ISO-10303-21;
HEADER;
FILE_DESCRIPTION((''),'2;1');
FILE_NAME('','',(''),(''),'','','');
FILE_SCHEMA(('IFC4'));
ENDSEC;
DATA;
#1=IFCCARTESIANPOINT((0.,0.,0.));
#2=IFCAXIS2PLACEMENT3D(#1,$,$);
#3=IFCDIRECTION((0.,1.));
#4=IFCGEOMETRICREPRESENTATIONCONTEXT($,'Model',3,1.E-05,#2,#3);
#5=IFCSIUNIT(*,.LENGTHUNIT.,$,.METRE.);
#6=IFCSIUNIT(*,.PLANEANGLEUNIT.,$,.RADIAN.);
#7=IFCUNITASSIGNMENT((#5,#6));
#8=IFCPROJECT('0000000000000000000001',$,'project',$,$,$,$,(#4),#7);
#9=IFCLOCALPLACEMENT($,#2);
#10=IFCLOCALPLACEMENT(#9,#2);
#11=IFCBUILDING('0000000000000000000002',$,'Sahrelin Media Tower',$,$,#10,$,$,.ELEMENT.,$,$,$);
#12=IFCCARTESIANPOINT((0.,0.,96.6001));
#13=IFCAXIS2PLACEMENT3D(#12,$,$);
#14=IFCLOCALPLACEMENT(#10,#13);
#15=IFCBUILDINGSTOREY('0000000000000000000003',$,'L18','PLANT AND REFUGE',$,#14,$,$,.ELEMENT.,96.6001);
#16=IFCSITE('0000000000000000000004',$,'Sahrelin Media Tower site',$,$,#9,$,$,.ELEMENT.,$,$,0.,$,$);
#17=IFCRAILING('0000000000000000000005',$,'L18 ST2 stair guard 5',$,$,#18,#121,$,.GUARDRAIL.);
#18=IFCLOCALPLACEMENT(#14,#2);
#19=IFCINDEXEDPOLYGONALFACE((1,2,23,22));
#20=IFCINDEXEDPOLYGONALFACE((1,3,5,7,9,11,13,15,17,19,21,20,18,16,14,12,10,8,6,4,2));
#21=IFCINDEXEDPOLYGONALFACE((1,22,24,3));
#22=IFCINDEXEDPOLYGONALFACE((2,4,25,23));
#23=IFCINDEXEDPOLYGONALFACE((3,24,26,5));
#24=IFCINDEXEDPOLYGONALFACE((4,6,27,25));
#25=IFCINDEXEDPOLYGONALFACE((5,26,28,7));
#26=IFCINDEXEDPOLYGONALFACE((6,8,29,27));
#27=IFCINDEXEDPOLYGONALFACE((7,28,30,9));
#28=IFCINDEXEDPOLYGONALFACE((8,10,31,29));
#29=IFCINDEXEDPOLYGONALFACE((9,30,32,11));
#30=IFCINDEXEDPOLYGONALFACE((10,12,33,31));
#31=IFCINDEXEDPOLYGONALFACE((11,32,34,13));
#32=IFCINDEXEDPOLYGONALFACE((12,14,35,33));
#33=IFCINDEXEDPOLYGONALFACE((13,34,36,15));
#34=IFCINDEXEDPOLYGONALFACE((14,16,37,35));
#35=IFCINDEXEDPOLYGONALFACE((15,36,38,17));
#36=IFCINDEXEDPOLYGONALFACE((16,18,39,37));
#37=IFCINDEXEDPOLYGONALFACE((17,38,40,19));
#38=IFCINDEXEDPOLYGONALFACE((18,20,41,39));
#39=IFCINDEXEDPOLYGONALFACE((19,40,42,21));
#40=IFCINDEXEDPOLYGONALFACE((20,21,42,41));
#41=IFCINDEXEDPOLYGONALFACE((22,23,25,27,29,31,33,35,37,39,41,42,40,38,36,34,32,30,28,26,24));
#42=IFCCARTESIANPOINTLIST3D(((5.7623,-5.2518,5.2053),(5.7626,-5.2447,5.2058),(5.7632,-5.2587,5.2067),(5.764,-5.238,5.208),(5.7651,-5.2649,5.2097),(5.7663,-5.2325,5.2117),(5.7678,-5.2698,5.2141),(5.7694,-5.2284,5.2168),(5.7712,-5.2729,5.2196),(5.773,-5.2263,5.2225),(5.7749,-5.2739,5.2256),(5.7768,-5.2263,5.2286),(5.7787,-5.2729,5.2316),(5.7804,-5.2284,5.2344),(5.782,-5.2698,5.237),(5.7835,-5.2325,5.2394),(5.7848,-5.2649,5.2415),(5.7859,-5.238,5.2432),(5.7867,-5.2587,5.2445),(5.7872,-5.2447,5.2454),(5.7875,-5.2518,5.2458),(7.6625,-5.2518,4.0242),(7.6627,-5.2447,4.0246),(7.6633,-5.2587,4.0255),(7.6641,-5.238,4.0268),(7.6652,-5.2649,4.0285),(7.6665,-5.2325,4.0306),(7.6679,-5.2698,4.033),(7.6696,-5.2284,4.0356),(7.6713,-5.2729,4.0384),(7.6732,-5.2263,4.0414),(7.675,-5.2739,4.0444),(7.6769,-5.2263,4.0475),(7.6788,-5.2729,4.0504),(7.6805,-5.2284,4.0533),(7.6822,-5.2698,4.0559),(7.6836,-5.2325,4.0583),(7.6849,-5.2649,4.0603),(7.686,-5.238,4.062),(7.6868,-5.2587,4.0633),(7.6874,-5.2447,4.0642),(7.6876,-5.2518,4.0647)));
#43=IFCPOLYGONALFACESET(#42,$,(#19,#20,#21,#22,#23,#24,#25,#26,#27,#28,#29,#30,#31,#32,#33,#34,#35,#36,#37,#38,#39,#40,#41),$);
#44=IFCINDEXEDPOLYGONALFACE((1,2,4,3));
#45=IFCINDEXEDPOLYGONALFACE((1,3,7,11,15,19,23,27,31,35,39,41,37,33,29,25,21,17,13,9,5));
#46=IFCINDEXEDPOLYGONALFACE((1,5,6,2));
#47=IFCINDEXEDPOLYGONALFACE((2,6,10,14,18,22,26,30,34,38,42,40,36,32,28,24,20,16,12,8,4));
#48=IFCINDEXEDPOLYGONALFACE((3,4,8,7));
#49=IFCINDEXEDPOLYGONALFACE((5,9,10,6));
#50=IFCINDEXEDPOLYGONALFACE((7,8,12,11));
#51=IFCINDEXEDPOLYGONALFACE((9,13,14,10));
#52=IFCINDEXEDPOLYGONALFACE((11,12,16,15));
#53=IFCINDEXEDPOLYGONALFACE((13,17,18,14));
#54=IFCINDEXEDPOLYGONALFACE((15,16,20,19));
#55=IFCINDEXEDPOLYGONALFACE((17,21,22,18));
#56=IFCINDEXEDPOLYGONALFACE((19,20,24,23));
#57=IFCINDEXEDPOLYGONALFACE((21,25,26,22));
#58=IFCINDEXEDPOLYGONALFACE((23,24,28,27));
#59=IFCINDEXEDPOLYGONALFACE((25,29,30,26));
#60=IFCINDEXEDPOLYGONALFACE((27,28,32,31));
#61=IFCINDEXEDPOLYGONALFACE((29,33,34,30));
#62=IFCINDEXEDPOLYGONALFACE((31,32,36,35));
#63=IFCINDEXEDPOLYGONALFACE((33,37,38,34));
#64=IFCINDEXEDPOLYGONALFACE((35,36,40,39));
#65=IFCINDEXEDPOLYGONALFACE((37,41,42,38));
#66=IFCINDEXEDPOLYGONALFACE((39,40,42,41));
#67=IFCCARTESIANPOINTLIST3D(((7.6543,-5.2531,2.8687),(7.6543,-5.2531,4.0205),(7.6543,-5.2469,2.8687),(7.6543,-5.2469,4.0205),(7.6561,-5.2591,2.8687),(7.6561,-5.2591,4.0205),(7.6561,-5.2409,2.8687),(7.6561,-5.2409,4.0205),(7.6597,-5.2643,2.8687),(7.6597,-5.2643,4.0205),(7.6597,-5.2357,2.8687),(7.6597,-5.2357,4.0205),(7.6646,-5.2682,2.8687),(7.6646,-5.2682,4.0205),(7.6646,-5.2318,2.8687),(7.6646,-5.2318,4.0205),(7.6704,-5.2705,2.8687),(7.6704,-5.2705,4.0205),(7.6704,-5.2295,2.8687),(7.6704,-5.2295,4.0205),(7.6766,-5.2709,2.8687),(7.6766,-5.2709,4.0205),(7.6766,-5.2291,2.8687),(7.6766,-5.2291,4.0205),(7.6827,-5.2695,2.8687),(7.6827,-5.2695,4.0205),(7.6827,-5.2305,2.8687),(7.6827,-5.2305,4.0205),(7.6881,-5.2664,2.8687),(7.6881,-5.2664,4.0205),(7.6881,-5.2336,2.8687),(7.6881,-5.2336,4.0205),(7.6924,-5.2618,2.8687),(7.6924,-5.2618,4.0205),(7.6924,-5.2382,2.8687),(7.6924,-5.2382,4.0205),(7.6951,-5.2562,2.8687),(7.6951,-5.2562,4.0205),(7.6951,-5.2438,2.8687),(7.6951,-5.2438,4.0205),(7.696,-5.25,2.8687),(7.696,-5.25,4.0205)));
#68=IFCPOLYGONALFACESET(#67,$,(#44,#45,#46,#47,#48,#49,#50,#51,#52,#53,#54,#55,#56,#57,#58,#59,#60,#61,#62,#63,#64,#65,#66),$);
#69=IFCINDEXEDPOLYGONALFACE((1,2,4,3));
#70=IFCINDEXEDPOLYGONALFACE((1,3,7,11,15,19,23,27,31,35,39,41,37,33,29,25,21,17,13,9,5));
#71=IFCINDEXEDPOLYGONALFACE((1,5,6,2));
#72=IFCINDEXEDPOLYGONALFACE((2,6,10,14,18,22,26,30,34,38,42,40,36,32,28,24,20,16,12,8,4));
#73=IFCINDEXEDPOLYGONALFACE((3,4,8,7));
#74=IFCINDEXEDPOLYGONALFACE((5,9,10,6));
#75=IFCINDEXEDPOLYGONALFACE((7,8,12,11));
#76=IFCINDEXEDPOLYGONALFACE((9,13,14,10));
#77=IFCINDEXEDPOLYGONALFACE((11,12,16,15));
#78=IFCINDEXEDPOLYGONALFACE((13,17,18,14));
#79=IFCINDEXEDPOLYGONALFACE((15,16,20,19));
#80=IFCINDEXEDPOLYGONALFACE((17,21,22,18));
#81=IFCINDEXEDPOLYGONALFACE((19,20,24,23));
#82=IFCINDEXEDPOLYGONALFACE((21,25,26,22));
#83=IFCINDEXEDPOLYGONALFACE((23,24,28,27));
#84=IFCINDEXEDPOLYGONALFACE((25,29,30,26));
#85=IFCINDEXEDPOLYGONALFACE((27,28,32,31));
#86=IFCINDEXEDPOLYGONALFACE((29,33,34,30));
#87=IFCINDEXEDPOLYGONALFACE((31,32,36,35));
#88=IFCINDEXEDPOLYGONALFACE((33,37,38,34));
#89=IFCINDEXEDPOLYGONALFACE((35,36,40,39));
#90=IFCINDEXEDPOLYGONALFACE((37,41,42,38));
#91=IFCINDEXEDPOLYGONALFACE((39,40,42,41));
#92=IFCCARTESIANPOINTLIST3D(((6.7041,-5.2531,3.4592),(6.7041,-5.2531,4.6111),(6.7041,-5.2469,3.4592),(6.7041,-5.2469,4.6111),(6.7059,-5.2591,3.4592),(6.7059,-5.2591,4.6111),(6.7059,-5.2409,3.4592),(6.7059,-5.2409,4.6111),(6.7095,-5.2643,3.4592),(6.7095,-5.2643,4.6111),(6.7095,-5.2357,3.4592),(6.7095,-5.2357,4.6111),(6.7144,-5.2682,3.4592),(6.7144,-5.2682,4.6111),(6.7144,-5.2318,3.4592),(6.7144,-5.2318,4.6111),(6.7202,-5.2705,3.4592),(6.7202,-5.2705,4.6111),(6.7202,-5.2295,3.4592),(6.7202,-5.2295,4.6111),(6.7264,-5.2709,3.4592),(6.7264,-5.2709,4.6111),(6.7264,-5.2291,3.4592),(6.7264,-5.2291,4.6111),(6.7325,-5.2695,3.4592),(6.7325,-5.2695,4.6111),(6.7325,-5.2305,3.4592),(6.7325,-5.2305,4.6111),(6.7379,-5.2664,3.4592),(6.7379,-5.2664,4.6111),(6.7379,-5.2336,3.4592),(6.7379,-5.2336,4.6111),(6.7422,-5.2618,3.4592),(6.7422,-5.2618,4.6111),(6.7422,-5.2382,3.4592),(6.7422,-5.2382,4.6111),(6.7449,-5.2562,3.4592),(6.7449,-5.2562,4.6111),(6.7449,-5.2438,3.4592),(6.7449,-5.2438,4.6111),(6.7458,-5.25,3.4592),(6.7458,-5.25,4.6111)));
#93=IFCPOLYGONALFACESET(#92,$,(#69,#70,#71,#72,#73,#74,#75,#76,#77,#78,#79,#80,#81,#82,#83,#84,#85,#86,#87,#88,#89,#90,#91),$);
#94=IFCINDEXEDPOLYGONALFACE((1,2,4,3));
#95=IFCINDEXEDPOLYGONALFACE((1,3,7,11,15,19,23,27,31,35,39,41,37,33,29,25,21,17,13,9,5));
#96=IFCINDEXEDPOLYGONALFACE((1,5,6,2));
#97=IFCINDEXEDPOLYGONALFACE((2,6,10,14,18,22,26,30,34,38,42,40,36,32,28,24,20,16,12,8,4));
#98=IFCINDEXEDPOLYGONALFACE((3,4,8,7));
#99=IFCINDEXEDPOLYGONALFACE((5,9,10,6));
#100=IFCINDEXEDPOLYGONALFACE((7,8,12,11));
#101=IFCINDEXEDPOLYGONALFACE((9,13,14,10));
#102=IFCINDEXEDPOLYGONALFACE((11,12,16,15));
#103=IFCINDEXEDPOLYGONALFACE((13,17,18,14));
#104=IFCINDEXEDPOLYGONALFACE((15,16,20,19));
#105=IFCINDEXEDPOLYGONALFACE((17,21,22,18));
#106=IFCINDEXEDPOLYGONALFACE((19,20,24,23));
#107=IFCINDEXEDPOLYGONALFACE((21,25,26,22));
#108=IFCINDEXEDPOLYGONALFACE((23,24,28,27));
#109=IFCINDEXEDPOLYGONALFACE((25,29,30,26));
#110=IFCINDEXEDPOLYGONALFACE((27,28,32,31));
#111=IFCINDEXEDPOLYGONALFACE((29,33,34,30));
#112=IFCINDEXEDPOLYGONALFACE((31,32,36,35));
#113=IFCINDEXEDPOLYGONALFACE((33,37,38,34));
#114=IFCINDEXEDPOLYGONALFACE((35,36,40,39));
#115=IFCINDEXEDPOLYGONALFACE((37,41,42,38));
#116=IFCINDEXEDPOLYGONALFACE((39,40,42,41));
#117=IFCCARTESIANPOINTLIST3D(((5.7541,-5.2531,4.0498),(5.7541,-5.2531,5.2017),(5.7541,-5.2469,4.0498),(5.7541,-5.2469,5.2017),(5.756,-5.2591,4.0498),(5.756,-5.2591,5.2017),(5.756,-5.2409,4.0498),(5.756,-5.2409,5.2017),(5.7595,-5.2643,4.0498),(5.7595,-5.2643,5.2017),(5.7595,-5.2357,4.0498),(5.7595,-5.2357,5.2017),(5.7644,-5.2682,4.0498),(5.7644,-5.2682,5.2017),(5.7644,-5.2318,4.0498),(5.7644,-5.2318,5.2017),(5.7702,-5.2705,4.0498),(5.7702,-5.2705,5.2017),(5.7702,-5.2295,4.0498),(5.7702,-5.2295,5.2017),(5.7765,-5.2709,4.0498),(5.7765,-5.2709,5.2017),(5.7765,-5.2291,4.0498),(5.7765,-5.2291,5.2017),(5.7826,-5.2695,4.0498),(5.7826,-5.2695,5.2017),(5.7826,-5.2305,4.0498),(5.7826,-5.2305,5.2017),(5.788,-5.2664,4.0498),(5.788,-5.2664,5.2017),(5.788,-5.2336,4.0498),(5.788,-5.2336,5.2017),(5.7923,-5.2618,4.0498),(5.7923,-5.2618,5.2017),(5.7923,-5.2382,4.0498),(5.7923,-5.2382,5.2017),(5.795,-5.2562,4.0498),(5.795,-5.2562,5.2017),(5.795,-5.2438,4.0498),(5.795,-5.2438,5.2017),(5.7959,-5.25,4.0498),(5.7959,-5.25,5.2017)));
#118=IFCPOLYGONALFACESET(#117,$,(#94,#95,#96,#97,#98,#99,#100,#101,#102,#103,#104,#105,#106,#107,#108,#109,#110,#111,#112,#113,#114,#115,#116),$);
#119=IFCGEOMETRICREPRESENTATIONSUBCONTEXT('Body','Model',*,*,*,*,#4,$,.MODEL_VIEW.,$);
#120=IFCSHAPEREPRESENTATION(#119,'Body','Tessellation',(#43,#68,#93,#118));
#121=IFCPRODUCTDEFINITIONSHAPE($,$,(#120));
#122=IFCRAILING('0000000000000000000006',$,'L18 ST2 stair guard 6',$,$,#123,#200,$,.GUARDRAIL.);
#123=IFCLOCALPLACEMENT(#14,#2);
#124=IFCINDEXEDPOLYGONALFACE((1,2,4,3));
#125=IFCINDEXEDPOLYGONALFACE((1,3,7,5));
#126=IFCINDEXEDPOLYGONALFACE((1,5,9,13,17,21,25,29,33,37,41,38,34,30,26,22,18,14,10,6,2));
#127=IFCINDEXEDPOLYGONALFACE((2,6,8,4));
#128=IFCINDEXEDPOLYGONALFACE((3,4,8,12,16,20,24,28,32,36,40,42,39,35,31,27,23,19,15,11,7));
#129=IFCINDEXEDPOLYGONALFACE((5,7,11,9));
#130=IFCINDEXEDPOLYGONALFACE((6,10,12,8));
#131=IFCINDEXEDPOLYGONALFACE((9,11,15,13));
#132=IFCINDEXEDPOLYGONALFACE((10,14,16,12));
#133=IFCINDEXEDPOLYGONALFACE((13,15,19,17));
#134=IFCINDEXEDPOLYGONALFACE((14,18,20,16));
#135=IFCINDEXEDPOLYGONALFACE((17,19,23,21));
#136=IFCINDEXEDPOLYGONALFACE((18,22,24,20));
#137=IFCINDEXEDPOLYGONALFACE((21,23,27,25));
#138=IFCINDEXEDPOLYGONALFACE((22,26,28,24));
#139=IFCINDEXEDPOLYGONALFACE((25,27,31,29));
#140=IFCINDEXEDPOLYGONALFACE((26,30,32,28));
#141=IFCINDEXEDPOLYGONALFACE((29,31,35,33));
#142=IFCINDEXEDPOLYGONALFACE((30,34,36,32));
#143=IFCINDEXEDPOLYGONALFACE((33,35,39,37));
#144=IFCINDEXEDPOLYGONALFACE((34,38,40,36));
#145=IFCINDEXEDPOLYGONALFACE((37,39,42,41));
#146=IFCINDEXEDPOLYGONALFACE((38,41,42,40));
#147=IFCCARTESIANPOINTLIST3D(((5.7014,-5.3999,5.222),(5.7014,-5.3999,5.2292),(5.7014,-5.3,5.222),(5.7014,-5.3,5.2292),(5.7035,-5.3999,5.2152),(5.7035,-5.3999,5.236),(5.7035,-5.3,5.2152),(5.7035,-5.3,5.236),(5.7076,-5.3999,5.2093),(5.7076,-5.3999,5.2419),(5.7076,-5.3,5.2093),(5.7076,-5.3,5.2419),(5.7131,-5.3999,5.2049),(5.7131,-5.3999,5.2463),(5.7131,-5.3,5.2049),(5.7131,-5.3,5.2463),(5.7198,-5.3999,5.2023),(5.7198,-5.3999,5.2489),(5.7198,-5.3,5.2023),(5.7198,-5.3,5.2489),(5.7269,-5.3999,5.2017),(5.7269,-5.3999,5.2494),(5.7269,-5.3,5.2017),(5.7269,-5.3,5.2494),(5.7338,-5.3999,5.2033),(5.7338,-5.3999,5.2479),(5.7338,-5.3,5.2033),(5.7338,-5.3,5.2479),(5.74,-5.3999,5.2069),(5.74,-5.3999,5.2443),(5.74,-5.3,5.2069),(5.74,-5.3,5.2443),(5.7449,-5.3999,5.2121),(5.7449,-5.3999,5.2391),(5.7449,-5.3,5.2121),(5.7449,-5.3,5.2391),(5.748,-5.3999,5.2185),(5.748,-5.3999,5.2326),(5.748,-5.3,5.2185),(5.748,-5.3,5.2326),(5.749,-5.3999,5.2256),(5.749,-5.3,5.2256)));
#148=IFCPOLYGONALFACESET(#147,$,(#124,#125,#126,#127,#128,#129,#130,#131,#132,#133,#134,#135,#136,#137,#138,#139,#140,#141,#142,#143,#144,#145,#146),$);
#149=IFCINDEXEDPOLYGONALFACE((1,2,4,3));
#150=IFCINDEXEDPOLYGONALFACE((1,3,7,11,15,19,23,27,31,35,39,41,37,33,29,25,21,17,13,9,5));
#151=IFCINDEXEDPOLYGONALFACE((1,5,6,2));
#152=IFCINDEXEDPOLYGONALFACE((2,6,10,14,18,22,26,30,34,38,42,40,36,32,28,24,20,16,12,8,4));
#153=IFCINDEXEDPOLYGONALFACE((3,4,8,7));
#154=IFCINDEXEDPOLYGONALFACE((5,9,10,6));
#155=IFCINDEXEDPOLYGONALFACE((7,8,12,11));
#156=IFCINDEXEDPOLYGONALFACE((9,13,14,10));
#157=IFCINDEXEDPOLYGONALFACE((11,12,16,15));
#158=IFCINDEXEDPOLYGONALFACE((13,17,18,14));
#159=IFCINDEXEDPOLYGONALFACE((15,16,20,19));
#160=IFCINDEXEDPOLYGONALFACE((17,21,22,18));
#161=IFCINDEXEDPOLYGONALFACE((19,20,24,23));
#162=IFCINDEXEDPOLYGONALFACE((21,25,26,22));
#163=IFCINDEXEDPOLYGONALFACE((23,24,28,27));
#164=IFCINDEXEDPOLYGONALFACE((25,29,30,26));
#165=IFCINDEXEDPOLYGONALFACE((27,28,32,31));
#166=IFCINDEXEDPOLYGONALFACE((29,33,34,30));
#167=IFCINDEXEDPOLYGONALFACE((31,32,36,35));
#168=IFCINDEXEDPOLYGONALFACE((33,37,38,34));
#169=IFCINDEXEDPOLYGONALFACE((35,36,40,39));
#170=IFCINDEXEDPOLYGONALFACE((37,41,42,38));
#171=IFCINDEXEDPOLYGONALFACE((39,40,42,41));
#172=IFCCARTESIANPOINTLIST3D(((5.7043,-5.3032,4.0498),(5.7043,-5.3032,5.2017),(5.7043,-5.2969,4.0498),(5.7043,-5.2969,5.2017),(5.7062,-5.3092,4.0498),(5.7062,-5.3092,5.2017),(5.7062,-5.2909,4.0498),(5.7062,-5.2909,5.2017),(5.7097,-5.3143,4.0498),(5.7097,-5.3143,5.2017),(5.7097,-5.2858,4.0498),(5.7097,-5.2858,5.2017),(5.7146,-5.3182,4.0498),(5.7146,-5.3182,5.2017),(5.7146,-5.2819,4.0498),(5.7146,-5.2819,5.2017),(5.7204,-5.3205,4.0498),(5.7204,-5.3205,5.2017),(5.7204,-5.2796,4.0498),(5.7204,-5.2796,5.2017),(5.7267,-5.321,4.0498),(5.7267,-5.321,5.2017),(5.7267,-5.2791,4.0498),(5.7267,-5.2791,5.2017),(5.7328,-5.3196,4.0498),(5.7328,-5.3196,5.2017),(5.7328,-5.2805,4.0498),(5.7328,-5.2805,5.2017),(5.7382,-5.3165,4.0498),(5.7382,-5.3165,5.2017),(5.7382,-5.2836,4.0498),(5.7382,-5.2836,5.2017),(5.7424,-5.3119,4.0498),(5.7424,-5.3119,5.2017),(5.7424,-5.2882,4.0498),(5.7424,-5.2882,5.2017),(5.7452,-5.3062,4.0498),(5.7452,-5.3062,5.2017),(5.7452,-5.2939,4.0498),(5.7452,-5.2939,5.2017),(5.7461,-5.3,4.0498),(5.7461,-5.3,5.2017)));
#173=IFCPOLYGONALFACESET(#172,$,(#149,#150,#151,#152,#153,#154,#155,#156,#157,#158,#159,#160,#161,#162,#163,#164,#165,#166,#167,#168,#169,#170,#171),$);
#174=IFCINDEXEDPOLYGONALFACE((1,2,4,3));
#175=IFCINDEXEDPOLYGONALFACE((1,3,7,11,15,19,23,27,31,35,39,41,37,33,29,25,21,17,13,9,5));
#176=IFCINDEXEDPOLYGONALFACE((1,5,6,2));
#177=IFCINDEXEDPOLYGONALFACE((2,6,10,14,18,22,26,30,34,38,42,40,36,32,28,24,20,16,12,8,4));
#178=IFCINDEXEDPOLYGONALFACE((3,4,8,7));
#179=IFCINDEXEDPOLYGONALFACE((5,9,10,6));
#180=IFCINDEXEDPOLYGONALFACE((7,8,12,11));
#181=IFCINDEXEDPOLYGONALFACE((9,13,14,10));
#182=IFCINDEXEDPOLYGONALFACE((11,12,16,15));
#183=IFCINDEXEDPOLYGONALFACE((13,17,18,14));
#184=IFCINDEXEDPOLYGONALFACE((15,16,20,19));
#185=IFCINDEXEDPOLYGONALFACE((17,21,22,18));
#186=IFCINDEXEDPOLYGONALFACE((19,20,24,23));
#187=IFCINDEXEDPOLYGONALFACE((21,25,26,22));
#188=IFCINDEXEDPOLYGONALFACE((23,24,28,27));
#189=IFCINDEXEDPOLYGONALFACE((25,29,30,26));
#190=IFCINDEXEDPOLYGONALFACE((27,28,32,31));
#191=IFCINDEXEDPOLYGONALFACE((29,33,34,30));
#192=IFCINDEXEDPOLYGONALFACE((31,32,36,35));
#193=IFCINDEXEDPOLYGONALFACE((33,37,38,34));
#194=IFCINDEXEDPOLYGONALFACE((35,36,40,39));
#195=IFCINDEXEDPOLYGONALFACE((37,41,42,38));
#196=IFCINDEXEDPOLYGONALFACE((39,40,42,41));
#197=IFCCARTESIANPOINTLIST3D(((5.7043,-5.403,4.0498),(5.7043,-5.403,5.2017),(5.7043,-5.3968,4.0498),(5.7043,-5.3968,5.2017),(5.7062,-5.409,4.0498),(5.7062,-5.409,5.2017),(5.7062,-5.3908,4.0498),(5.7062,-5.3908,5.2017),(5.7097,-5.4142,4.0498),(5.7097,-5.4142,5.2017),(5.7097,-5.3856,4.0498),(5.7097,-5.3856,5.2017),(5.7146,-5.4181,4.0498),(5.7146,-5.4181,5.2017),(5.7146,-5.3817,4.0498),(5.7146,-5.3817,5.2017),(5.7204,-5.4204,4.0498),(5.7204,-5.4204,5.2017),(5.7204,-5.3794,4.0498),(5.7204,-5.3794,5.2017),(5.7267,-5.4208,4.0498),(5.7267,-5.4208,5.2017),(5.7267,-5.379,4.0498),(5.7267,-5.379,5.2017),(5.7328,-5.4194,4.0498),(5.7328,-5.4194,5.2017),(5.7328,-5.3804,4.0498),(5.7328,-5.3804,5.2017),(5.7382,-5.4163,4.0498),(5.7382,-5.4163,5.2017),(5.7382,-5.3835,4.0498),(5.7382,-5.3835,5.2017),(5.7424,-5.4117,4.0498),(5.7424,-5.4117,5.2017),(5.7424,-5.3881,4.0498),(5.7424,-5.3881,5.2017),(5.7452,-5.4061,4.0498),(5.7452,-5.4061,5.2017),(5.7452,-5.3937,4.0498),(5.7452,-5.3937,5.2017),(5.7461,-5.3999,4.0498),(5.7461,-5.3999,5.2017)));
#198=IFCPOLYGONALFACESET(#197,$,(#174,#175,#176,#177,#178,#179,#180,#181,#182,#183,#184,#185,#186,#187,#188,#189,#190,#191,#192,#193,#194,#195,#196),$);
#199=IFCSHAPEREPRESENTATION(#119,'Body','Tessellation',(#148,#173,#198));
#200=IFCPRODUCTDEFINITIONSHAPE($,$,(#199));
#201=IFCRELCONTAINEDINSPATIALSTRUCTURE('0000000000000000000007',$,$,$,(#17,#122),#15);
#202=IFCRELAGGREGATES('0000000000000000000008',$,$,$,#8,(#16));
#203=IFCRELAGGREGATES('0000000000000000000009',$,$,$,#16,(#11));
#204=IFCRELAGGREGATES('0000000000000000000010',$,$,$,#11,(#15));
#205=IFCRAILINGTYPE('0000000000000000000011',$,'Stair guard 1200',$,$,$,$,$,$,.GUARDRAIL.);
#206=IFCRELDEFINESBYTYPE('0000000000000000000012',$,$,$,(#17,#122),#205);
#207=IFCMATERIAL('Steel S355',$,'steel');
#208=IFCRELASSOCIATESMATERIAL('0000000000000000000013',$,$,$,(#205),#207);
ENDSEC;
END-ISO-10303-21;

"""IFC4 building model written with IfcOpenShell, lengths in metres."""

from ifc_helpers import new_model, si_unit, direction, frame, origin, origin_2d, place, context, subcontext, project, spatial, circle, extrude, material, type_object, element, save


model = new_model("IFC4")

# Units and contexts
model_context = context("Model", 3, precision=1e-05, world=origin(), true_north=direction((0.0, 1.0)))
body_context = subcontext(model_context, "Body", "Model", "MODEL_VIEW")
ifc_project = project(units=[si_unit("LENGTHUNIT", "METRE"), si_unit("PLANEANGLEUNIT", "RADIAN")], contexts=[model_context])

# Site, building, storey
site_placement = place(None, origin())
site = spatial("IfcSite", under=ifc_project, at=site_placement, Name="Sahrelin Media Tower site", CompositionType="ELEMENT", RefElevation=0.0)
building_placement = place(site_placement, origin())
building = spatial("IfcBuilding", under=site, at=building_placement, Name="Sahrelin Media Tower", CompositionType="ELEMENT")
storey_placement = place(building_placement, frame((0.0, 0.0, 96.6001)))
storey = spatial("IfcBuildingStorey", under=building, at=storey_placement, Name="L18", Description="PLANT AND REFUGE", CompositionType="ELEMENT", Elevation=96.6001)

# Shared definitions
ifc_material_1 = material(Name="Steel S355", Category="steel")

# Railings
railing_type_1 = type_object("IfcRailingType", Name="Stair guard 1200", PredefinedType="GUARDRAIL", material=ifc_material_1)
railing_1_placement = place(storey_placement, frame((7.675, -5.25, 2.8687)))
element("IfcRailing", 1, at=railing_1_placement, inside=storey, type_object=railing_type_1, Name="L18 ST2 stair guard 5", PredefinedType="GUARDRAIL", context=body_context, shape_type="SweptSolid", body=[
    extrude(circle(Radius=0.0239, at=origin_2d()), frame((0.0, 0.0, 1.1758), z_axis=(-0.849289, 0.0, 0.527928), x_axis=(0.0, -1.0, 0.0)), (0.0, 0.0, 1.0), 2.2373),
    extrude(circle(Radius=0.021, at=origin_2d()), origin(), (0.0, 0.0, 1.0), 1.1519),
    extrude(circle(Radius=0.021, at=origin_2d()), frame((-0.9502, 0.0, 0.5906)), (0.0, 0.0, 1.0), 1.1519),
    extrude(circle(Radius=0.021, at=origin_2d()), frame((-1.9001, 0.0, 1.1812)), (0.0, 0.0, 1.0), 1.1519),
])
railing_2_placement = place(storey_placement, frame((5.7251, -5.3, 4.0498)))
element("IfcRailing", 2, at=railing_2_placement, inside=storey, type_object=railing_type_1, Name="L18 ST2 stair guard 6", PredefinedType="GUARDRAIL", context=body_context, shape_type="SweptSolid", body=[
    extrude(circle(Radius=0.0239, at=origin_2d()), frame((0.0, 0.0, 1.1758), z_axis=(0.0, -1.0, 0.0), x_axis=(1.0, 0.0, 0.0)), (0.0, 0.0, 1.0), 0.0999),
    extrude(circle(Radius=0.021, at=origin_2d()), origin(), (0.0, 0.0, 1.0), 1.1519),
    extrude(circle(Radius=0.021, at=origin_2d()), frame((0.0, -0.0999, 0.0)), (0.0, 0.0, 1.0), 1.1519),
])

save(model, "model.ifc")
